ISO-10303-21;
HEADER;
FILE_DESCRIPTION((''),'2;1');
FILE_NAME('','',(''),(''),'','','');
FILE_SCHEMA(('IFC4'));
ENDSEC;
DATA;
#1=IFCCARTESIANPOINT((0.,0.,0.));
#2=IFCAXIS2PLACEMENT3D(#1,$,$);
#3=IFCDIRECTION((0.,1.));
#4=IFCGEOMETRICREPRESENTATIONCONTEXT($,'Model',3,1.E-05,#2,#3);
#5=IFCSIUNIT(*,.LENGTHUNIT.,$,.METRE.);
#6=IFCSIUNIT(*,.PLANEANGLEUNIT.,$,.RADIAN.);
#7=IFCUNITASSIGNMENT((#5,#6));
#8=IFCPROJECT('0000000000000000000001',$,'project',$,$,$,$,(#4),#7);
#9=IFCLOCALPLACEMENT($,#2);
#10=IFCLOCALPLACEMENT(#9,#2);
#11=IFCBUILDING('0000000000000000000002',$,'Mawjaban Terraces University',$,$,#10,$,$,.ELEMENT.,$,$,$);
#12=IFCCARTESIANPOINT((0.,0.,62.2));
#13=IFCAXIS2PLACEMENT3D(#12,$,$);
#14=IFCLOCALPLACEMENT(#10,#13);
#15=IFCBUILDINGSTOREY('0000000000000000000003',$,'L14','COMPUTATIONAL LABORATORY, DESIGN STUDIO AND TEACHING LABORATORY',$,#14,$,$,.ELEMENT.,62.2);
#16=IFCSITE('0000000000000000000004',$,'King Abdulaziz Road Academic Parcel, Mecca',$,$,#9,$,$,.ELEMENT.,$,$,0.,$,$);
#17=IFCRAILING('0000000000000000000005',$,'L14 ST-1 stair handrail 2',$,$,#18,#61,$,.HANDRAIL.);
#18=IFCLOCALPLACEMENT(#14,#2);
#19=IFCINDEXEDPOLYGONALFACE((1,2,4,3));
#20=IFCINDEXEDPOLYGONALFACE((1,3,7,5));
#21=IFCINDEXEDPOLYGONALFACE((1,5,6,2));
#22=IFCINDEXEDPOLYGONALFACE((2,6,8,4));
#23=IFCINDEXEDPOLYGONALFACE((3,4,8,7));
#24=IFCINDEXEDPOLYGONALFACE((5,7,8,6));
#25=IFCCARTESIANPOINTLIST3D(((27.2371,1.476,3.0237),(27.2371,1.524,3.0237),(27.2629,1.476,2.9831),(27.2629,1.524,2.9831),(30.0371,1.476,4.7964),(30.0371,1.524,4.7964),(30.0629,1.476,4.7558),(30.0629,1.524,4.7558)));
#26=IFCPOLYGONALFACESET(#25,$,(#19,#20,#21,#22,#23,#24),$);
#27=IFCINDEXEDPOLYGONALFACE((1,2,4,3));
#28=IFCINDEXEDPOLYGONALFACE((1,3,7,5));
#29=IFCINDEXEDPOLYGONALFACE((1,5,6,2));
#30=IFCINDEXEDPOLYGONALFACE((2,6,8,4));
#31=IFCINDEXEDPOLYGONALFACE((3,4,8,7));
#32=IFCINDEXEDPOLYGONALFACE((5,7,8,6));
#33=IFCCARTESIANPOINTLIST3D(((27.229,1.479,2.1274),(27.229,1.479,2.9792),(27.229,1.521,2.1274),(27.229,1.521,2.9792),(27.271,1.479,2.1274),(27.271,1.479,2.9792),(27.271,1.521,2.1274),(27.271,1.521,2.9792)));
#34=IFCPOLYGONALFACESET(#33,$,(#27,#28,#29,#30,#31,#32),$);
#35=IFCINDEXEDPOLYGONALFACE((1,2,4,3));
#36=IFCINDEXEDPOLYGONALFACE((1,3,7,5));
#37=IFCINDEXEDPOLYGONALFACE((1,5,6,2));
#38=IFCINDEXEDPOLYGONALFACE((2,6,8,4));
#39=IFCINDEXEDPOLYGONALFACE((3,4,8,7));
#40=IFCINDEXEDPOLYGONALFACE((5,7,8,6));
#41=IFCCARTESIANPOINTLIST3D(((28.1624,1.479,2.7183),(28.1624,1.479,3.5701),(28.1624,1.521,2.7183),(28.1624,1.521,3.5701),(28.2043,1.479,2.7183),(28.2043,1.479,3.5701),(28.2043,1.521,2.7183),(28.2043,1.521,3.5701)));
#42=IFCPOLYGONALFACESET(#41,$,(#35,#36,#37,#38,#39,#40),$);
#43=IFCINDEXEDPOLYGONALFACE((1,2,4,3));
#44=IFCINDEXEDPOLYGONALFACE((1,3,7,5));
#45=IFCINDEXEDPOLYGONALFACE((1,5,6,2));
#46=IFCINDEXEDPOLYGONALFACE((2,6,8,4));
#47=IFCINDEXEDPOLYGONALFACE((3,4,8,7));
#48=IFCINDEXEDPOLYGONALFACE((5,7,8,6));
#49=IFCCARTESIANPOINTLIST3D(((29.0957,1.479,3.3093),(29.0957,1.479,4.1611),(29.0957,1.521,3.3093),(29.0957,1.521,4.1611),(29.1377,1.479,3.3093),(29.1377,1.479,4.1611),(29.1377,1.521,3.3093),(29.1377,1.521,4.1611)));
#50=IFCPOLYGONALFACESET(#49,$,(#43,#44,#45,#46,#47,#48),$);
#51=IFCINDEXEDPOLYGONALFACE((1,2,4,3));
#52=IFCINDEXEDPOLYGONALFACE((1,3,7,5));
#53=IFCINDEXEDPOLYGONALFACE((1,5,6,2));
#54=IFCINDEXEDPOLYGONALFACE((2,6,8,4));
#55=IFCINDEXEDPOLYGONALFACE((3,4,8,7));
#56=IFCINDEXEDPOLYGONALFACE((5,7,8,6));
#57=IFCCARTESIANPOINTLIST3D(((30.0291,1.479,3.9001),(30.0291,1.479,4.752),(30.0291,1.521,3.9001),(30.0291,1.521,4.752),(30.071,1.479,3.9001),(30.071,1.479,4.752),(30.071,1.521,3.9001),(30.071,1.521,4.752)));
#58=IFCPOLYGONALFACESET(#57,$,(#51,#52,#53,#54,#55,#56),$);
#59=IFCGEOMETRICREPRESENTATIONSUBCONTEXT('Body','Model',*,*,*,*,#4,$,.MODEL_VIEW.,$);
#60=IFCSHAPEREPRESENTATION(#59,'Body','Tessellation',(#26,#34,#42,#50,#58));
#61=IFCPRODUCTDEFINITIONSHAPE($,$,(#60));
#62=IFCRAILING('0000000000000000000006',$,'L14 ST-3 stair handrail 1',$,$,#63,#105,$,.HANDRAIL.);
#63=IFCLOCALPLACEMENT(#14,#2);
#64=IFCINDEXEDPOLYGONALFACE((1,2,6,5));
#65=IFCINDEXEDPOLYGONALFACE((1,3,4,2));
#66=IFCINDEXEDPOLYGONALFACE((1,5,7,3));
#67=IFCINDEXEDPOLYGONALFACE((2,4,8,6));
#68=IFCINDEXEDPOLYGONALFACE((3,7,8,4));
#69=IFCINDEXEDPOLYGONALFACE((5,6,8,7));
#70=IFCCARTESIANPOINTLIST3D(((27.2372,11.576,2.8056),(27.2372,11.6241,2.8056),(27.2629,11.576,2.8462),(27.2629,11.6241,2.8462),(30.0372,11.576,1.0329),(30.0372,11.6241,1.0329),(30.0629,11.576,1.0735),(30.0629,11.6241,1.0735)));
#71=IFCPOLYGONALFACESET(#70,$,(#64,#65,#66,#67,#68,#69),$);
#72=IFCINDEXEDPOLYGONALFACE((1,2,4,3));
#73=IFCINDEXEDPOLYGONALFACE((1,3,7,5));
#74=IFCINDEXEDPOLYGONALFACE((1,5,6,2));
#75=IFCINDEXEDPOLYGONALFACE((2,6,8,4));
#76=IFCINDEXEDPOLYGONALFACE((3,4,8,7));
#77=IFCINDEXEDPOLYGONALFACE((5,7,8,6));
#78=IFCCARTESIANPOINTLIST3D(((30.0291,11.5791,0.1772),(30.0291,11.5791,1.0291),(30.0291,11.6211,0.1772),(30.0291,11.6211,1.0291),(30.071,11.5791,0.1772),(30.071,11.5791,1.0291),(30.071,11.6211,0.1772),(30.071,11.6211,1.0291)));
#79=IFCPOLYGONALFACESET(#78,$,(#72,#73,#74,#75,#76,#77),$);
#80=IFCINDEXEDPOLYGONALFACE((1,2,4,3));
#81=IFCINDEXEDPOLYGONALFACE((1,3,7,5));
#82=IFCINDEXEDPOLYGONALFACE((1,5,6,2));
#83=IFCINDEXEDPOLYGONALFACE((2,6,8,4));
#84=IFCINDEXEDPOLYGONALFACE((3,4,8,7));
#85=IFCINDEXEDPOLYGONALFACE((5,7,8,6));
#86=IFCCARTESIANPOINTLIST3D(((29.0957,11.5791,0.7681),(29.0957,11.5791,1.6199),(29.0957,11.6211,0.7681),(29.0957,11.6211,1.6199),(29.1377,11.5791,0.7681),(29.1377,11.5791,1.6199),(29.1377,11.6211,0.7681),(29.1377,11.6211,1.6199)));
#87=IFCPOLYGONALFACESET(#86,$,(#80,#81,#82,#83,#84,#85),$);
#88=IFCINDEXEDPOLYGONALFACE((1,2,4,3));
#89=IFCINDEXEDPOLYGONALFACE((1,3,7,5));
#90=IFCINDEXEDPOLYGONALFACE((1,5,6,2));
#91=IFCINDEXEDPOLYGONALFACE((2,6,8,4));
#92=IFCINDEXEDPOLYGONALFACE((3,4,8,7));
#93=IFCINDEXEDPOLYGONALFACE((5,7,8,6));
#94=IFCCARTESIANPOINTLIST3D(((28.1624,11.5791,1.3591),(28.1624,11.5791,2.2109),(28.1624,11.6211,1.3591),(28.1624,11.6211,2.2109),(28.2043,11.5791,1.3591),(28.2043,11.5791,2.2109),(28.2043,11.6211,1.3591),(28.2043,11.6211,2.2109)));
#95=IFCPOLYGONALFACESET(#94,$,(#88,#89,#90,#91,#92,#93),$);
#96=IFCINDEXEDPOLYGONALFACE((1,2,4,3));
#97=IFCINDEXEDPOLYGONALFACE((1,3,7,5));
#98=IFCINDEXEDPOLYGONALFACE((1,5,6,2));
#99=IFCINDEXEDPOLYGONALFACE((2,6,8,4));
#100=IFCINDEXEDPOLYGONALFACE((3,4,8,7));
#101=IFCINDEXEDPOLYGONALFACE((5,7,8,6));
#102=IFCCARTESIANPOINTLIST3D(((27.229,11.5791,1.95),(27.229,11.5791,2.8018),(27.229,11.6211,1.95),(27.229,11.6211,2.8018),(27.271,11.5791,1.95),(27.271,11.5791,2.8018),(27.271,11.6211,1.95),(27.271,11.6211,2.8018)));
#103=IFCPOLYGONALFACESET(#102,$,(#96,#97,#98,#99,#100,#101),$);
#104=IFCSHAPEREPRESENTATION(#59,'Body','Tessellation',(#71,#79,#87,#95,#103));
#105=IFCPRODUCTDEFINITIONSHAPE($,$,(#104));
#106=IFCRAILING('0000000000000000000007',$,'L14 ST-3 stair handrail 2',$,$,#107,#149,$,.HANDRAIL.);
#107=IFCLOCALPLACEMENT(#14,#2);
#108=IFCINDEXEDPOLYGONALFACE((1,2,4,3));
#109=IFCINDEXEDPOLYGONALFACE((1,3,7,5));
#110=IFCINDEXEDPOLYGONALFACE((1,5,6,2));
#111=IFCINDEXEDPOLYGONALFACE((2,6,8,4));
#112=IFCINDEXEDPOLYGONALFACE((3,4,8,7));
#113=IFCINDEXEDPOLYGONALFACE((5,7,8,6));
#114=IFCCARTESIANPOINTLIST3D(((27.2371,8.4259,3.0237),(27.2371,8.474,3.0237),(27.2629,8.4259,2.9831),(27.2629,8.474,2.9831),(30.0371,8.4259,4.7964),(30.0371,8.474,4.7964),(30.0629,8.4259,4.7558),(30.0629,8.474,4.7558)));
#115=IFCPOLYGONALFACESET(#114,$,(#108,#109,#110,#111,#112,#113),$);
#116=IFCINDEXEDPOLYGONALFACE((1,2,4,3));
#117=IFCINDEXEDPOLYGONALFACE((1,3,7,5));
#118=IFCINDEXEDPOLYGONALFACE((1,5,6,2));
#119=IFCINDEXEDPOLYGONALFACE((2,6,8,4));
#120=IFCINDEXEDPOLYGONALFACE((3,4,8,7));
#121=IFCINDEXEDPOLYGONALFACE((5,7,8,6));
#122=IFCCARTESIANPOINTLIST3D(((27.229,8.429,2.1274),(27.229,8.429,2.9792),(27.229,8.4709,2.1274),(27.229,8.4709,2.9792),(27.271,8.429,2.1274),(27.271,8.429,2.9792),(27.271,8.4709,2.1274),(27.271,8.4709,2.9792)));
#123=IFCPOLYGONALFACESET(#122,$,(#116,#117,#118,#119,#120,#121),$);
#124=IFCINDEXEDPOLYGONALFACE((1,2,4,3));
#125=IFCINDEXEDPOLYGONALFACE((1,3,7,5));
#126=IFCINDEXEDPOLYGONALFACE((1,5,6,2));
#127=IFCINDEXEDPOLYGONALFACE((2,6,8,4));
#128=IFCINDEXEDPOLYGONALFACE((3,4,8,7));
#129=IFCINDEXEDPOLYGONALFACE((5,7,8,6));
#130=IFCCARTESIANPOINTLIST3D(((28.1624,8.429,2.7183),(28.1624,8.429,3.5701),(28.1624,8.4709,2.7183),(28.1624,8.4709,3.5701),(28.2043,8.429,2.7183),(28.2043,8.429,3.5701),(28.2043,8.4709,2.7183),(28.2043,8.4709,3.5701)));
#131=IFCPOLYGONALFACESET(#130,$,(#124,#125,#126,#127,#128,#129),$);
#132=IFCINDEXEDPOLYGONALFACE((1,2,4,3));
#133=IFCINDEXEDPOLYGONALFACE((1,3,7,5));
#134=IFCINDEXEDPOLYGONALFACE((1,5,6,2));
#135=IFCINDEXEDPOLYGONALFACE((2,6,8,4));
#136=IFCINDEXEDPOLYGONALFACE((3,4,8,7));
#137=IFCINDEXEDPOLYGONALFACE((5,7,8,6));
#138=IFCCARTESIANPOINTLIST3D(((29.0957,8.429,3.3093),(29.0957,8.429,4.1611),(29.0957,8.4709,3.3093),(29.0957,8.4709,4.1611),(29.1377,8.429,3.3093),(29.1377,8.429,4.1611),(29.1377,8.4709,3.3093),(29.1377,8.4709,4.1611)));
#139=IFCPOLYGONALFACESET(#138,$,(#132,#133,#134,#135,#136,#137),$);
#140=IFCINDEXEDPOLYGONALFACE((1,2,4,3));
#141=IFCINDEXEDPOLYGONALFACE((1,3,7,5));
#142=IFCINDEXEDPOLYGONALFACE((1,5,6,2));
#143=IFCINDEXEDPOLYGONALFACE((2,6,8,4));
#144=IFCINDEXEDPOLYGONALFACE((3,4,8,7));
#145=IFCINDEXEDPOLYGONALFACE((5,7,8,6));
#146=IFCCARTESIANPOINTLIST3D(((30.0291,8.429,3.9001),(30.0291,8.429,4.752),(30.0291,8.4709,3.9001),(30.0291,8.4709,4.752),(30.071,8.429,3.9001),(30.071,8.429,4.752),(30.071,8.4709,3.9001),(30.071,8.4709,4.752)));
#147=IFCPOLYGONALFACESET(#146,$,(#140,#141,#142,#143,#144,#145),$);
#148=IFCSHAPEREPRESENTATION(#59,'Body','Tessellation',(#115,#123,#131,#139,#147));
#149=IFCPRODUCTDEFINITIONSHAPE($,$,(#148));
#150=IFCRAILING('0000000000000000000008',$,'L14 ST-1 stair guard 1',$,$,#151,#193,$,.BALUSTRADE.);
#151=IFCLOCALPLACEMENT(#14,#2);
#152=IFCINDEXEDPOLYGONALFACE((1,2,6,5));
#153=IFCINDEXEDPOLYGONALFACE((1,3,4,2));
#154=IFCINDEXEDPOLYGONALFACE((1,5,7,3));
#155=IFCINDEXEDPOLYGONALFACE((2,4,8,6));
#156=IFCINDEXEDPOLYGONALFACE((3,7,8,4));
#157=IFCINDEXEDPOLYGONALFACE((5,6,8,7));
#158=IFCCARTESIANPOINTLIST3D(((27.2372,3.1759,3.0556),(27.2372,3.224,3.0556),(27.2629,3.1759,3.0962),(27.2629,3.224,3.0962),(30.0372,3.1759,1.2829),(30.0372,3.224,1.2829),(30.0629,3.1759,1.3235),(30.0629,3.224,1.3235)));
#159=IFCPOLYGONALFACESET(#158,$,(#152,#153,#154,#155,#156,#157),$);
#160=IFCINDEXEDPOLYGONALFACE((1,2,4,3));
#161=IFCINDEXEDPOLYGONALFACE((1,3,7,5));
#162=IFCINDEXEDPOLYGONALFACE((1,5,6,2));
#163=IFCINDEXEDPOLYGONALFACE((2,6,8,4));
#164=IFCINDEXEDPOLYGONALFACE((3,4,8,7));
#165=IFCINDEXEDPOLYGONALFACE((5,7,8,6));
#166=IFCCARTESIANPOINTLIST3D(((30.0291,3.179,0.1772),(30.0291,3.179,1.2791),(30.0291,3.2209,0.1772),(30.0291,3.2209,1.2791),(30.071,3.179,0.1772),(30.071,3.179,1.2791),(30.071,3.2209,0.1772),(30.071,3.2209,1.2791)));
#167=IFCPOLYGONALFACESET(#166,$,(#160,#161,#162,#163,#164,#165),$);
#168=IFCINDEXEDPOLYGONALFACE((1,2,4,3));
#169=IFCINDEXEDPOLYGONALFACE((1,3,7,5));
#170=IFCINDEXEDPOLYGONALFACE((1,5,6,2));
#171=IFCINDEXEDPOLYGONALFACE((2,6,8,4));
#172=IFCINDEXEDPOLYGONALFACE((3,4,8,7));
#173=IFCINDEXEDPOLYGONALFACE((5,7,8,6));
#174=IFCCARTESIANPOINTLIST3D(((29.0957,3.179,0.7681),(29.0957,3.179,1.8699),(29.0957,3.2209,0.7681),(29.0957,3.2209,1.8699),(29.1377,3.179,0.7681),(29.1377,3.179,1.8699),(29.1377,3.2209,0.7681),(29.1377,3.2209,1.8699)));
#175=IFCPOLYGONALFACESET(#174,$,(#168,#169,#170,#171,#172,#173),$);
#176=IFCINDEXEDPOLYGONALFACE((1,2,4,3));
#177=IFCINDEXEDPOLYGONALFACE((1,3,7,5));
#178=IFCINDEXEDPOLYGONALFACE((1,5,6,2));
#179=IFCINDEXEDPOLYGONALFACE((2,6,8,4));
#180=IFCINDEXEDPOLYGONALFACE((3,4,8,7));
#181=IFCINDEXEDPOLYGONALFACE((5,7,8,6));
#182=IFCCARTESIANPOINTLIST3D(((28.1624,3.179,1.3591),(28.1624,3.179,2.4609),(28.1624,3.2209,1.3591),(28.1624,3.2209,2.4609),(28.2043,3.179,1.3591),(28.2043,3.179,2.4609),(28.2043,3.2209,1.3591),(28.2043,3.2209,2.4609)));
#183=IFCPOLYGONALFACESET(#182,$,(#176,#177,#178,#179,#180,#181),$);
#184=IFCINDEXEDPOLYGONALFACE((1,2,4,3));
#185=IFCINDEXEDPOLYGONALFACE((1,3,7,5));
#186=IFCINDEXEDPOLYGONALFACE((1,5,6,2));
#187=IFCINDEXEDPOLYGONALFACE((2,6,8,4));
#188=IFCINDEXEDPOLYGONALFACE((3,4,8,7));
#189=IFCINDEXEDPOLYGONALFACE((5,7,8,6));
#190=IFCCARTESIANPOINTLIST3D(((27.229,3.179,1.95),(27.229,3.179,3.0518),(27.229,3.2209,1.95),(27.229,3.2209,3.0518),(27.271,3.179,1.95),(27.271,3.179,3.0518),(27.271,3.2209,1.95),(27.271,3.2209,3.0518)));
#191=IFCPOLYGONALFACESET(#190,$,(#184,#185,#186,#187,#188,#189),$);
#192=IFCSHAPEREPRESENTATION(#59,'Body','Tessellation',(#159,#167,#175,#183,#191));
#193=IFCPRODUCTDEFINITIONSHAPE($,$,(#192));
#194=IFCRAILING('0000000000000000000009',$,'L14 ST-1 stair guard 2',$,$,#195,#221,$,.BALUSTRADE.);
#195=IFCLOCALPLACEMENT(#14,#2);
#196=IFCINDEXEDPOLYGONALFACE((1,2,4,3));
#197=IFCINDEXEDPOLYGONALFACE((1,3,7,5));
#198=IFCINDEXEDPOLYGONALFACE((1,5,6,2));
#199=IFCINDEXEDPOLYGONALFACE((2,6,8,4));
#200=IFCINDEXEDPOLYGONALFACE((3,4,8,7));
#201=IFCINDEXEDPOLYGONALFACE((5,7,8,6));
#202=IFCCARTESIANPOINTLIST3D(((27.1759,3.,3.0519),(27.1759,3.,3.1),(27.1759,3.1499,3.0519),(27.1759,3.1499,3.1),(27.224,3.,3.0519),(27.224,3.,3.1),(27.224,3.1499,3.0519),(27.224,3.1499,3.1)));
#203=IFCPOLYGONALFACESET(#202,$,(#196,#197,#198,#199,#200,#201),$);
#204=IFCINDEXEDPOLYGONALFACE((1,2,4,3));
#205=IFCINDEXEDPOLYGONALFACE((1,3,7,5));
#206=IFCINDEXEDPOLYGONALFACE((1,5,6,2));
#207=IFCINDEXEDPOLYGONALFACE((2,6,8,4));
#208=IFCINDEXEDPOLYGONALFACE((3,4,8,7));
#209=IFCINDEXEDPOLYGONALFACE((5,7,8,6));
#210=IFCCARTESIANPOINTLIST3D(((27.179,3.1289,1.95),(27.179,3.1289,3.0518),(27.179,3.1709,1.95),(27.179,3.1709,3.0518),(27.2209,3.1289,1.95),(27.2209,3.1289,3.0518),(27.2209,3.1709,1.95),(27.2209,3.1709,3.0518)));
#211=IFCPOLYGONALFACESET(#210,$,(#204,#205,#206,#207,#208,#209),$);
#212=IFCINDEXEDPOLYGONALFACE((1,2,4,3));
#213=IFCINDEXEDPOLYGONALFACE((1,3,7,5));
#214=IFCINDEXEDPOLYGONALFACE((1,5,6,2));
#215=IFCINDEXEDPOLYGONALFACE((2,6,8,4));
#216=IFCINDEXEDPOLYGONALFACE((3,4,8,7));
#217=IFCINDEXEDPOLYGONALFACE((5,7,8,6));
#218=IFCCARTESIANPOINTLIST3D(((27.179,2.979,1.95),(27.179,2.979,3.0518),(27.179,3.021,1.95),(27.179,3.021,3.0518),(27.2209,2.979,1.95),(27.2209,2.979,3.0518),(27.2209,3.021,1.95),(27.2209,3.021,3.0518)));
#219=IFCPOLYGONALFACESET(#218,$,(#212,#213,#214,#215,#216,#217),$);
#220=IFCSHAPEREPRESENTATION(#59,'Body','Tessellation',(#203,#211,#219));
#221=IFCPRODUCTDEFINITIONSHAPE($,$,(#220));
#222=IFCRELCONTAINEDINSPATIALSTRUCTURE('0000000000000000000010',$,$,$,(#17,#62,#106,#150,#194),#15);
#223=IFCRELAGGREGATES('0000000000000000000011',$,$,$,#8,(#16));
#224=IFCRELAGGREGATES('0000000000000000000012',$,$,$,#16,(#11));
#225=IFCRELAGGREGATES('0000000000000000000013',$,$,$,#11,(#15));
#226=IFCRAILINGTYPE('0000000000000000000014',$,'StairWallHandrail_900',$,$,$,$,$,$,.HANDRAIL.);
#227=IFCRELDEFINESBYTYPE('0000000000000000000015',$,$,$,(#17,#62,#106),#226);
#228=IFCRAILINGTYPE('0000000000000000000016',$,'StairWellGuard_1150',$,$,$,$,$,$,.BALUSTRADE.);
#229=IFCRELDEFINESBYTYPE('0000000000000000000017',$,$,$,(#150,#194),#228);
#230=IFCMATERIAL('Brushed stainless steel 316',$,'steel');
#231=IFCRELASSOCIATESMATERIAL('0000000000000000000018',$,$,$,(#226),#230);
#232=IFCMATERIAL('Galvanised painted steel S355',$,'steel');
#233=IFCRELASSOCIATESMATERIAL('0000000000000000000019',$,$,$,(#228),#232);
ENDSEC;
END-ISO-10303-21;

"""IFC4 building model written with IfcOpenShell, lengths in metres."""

from ifc_helpers import new_model, si_unit, direction, frame, origin, origin_2d, place, context, subcontext, project, spatial, rectangle, extrude, material, type_object, element, save


model = new_model("IFC4")

# Units and contexts
model_context = context("Model", 3, precision=1e-05, world=origin(), true_north=direction((0.0, 1.0)))
body_context = subcontext(model_context, "Body", "Model", "MODEL_VIEW")
ifc_project = project(units=[si_unit("LENGTHUNIT", "METRE"), si_unit("PLANEANGLEUNIT", "RADIAN")], contexts=[model_context])

# Site, building, storey
site_placement = place(None, origin())
site = spatial("IfcSite", under=ifc_project, at=site_placement, Name="King Abdulaziz Road Academic Parcel, Mecca", CompositionType="ELEMENT", RefElevation=0.0)
building_placement = place(site_placement, origin())
building = spatial("IfcBuilding", under=site, at=building_placement, Name="Mawjaban Terraces University", CompositionType="ELEMENT")
storey_placement = place(building_placement, frame((0.0, 0.0, 62.2)))
storey = spatial("IfcBuildingStorey", under=building, at=storey_placement, Name="L14", Description="COMPUTATIONAL LABORATORY, DESIGN STUDIO AND TEACHING LABORATORY", CompositionType="ELEMENT", Elevation=62.2)

# Railings
ifc_material_1 = material(Name="Brushed stainless steel 316", Category="steel")
railing_type_1 = type_object("IfcRailingType", Name="StairWallHandrail_900", PredefinedType="HANDRAIL", material=ifc_material_1)
railing_1_placement = place(storey_placement, frame((27.25, 1.5, 2.1274)))
element("IfcRailing", 1, at=railing_1_placement, inside=storey, type_object=railing_type_1, Name="L14 ST-1 stair handrail 2", PredefinedType="HANDRAIL", context=body_context, shape_type="SweptSolid", body=[
    extrude(rectangle(XDim=0.0481, YDim=0.0481, at=origin_2d()), frame((0.0, 0.0, 0.876), z_axis=(0.844909, 0.0, 0.53491), x_axis=(0.0, 1.0, 0.0)), (0.0, 0.0, 1.0), 3.314),
    extrude(rectangle(XDim=0.042, YDim=0.042, at=origin_2d()), origin(), (0.0, 0.0, 1.0), 0.8518),
    extrude(rectangle(XDim=0.042, YDim=0.042, at=origin_2d()), frame((0.9333, 0.0, 0.5908)), (0.0, 0.0, 1.0), 0.8518),
    extrude(rectangle(XDim=0.042, YDim=0.042, at=origin_2d()), frame((1.8667, 0.0, 1.1819)), (0.0, 0.0, 1.0), 0.8518),
    extrude(rectangle(XDim=0.042, YDim=0.042, at=origin_2d()), frame((2.8, 0.0, 1.7727)), (0.0, 0.0, 1.0), 0.8518),
])
railing_2_placement = place(storey_placement, frame((30.05, 11.6001, 0.1772)))
element("IfcRailing", 2, at=railing_2_placement, inside=storey, type_object=railing_type_1, Name="L14 ST-3 stair handrail 1", PredefinedType="HANDRAIL", context=body_context, shape_type="SweptSolid", body=[
    extrude(rectangle(XDim=0.0481, YDim=0.0481, at=origin_2d()), frame((0.0, 0.0, 0.876), z_axis=(-0.844909, 0.0, 0.53491), x_axis=(0.0, -1.0, 0.0)), (0.0, 0.0, 1.0), 3.314),
    extrude(rectangle(XDim=0.042, YDim=0.042, at=origin_2d()), origin(), (0.0, 0.0, 1.0), 0.8518),
    extrude(rectangle(XDim=0.042, YDim=0.042, at=origin_2d()), frame((-0.9333, 0.0, 0.5908)), (0.0, 0.0, 1.0), 0.8518),
    extrude(rectangle(XDim=0.042, YDim=0.042, at=origin_2d()), frame((-1.8667, 0.0, 1.1819)), (0.0, 0.0, 1.0), 0.8518),
    extrude(rectangle(XDim=0.042, YDim=0.042, at=origin_2d()), frame((-2.8, 0.0, 1.7727)), (0.0, 0.0, 1.0), 0.8518),
])
railing_3_placement = place(storey_placement, frame((27.25, 8.45, 2.1274)))
element("IfcRailing", 3, at=railing_3_placement, inside=storey, type_object=railing_type_1, Name="L14 ST-3 stair handrail 2", PredefinedType="HANDRAIL", context=body_context, shape_type="SweptSolid", body=[
    extrude(rectangle(XDim=0.0481, YDim=0.0481, at=origin_2d()), frame((0.0, 0.0, 0.876), z_axis=(0.844909, 0.0, 0.53491), x_axis=(0.0, 1.0, 0.0)), (0.0, 0.0, 1.0), 3.314),
    extrude(rectangle(XDim=0.042, YDim=0.042, at=origin_2d()), origin(), (0.0, 0.0, 1.0), 0.8518),
    extrude(rectangle(XDim=0.042, YDim=0.042, at=origin_2d()), frame((0.9333, 0.0, 0.5908)), (0.0, 0.0, 1.0), 0.8518),
    extrude(rectangle(XDim=0.042, YDim=0.042, at=origin_2d()), frame((1.8667, 0.0, 1.1819)), (0.0, 0.0, 1.0), 0.8518),
    extrude(rectangle(XDim=0.042, YDim=0.042, at=origin_2d()), frame((2.8, 0.0, 1.7727)), (0.0, 0.0, 1.0), 0.8518),
])
ifc_material_2 = material(Name="Galvanised painted steel S355", Category="steel")
railing_type_2 = type_object("IfcRailingType", Name="StairWellGuard_1150", PredefinedType="BALUSTRADE", material=ifc_material_2)
railing_4_placement = place(storey_placement, frame((30.05, 3.2, 0.1772)))
element("IfcRailing", 4, at=railing_4_placement, inside=storey, type_object=railing_type_2, Name="L14 ST-1 stair guard 1", PredefinedType="BALUSTRADE", context=body_context, shape_type="SweptSolid", body=[
    extrude(rectangle(XDim=0.0481, YDim=0.0481, at=origin_2d()), frame((0.0, 0.0, 1.126), z_axis=(-0.844909, 0.0, 0.53491), x_axis=(0.0, -1.0, 0.0)), (0.0, 0.0, 1.0), 3.314),
    extrude(rectangle(XDim=0.042, YDim=0.042, at=origin_2d()), origin(), (0.0, 0.0, 1.0), 1.1018),
    extrude(rectangle(XDim=0.042, YDim=0.042, at=origin_2d()), frame((-0.9333, 0.0, 0.5908)), (0.0, 0.0, 1.0), 1.1018),
    extrude(rectangle(XDim=0.042, YDim=0.042, at=origin_2d()), frame((-1.8667, 0.0, 1.1819)), (0.0, 0.0, 1.0), 1.1018),
    extrude(rectangle(XDim=0.042, YDim=0.042, at=origin_2d()), frame((-2.8, 0.0, 1.7727)), (0.0, 0.0, 1.0), 1.1018),
])
railing_5_placement = place(storey_placement, frame((27.2, 3.1499, 1.95)))
element("IfcRailing", 5, at=railing_5_placement, inside=storey, type_object=railing_type_2, Name="L14 ST-1 stair guard 2", PredefinedType="BALUSTRADE", context=body_context, shape_type="SweptSolid", body=[
    extrude(rectangle(XDim=0.0481, YDim=0.0481, at=origin_2d()), frame((0.0, 0.0, 1.126), z_axis=(0.0, -1.0, 0.0), x_axis=(1.0, 0.0, 0.0)), (0.0, 0.0, 1.0), 0.1499),
    extrude(rectangle(XDim=0.042, YDim=0.042, at=origin_2d()), origin(), (0.0, 0.0, 1.0), 1.1018),
    extrude(rectangle(XDim=0.042, YDim=0.042, at=origin_2d()), frame((0.0, -0.1499, 0.0)), (0.0, 0.0, 1.0), 1.1018),
])

save(model, "model.ifc")
